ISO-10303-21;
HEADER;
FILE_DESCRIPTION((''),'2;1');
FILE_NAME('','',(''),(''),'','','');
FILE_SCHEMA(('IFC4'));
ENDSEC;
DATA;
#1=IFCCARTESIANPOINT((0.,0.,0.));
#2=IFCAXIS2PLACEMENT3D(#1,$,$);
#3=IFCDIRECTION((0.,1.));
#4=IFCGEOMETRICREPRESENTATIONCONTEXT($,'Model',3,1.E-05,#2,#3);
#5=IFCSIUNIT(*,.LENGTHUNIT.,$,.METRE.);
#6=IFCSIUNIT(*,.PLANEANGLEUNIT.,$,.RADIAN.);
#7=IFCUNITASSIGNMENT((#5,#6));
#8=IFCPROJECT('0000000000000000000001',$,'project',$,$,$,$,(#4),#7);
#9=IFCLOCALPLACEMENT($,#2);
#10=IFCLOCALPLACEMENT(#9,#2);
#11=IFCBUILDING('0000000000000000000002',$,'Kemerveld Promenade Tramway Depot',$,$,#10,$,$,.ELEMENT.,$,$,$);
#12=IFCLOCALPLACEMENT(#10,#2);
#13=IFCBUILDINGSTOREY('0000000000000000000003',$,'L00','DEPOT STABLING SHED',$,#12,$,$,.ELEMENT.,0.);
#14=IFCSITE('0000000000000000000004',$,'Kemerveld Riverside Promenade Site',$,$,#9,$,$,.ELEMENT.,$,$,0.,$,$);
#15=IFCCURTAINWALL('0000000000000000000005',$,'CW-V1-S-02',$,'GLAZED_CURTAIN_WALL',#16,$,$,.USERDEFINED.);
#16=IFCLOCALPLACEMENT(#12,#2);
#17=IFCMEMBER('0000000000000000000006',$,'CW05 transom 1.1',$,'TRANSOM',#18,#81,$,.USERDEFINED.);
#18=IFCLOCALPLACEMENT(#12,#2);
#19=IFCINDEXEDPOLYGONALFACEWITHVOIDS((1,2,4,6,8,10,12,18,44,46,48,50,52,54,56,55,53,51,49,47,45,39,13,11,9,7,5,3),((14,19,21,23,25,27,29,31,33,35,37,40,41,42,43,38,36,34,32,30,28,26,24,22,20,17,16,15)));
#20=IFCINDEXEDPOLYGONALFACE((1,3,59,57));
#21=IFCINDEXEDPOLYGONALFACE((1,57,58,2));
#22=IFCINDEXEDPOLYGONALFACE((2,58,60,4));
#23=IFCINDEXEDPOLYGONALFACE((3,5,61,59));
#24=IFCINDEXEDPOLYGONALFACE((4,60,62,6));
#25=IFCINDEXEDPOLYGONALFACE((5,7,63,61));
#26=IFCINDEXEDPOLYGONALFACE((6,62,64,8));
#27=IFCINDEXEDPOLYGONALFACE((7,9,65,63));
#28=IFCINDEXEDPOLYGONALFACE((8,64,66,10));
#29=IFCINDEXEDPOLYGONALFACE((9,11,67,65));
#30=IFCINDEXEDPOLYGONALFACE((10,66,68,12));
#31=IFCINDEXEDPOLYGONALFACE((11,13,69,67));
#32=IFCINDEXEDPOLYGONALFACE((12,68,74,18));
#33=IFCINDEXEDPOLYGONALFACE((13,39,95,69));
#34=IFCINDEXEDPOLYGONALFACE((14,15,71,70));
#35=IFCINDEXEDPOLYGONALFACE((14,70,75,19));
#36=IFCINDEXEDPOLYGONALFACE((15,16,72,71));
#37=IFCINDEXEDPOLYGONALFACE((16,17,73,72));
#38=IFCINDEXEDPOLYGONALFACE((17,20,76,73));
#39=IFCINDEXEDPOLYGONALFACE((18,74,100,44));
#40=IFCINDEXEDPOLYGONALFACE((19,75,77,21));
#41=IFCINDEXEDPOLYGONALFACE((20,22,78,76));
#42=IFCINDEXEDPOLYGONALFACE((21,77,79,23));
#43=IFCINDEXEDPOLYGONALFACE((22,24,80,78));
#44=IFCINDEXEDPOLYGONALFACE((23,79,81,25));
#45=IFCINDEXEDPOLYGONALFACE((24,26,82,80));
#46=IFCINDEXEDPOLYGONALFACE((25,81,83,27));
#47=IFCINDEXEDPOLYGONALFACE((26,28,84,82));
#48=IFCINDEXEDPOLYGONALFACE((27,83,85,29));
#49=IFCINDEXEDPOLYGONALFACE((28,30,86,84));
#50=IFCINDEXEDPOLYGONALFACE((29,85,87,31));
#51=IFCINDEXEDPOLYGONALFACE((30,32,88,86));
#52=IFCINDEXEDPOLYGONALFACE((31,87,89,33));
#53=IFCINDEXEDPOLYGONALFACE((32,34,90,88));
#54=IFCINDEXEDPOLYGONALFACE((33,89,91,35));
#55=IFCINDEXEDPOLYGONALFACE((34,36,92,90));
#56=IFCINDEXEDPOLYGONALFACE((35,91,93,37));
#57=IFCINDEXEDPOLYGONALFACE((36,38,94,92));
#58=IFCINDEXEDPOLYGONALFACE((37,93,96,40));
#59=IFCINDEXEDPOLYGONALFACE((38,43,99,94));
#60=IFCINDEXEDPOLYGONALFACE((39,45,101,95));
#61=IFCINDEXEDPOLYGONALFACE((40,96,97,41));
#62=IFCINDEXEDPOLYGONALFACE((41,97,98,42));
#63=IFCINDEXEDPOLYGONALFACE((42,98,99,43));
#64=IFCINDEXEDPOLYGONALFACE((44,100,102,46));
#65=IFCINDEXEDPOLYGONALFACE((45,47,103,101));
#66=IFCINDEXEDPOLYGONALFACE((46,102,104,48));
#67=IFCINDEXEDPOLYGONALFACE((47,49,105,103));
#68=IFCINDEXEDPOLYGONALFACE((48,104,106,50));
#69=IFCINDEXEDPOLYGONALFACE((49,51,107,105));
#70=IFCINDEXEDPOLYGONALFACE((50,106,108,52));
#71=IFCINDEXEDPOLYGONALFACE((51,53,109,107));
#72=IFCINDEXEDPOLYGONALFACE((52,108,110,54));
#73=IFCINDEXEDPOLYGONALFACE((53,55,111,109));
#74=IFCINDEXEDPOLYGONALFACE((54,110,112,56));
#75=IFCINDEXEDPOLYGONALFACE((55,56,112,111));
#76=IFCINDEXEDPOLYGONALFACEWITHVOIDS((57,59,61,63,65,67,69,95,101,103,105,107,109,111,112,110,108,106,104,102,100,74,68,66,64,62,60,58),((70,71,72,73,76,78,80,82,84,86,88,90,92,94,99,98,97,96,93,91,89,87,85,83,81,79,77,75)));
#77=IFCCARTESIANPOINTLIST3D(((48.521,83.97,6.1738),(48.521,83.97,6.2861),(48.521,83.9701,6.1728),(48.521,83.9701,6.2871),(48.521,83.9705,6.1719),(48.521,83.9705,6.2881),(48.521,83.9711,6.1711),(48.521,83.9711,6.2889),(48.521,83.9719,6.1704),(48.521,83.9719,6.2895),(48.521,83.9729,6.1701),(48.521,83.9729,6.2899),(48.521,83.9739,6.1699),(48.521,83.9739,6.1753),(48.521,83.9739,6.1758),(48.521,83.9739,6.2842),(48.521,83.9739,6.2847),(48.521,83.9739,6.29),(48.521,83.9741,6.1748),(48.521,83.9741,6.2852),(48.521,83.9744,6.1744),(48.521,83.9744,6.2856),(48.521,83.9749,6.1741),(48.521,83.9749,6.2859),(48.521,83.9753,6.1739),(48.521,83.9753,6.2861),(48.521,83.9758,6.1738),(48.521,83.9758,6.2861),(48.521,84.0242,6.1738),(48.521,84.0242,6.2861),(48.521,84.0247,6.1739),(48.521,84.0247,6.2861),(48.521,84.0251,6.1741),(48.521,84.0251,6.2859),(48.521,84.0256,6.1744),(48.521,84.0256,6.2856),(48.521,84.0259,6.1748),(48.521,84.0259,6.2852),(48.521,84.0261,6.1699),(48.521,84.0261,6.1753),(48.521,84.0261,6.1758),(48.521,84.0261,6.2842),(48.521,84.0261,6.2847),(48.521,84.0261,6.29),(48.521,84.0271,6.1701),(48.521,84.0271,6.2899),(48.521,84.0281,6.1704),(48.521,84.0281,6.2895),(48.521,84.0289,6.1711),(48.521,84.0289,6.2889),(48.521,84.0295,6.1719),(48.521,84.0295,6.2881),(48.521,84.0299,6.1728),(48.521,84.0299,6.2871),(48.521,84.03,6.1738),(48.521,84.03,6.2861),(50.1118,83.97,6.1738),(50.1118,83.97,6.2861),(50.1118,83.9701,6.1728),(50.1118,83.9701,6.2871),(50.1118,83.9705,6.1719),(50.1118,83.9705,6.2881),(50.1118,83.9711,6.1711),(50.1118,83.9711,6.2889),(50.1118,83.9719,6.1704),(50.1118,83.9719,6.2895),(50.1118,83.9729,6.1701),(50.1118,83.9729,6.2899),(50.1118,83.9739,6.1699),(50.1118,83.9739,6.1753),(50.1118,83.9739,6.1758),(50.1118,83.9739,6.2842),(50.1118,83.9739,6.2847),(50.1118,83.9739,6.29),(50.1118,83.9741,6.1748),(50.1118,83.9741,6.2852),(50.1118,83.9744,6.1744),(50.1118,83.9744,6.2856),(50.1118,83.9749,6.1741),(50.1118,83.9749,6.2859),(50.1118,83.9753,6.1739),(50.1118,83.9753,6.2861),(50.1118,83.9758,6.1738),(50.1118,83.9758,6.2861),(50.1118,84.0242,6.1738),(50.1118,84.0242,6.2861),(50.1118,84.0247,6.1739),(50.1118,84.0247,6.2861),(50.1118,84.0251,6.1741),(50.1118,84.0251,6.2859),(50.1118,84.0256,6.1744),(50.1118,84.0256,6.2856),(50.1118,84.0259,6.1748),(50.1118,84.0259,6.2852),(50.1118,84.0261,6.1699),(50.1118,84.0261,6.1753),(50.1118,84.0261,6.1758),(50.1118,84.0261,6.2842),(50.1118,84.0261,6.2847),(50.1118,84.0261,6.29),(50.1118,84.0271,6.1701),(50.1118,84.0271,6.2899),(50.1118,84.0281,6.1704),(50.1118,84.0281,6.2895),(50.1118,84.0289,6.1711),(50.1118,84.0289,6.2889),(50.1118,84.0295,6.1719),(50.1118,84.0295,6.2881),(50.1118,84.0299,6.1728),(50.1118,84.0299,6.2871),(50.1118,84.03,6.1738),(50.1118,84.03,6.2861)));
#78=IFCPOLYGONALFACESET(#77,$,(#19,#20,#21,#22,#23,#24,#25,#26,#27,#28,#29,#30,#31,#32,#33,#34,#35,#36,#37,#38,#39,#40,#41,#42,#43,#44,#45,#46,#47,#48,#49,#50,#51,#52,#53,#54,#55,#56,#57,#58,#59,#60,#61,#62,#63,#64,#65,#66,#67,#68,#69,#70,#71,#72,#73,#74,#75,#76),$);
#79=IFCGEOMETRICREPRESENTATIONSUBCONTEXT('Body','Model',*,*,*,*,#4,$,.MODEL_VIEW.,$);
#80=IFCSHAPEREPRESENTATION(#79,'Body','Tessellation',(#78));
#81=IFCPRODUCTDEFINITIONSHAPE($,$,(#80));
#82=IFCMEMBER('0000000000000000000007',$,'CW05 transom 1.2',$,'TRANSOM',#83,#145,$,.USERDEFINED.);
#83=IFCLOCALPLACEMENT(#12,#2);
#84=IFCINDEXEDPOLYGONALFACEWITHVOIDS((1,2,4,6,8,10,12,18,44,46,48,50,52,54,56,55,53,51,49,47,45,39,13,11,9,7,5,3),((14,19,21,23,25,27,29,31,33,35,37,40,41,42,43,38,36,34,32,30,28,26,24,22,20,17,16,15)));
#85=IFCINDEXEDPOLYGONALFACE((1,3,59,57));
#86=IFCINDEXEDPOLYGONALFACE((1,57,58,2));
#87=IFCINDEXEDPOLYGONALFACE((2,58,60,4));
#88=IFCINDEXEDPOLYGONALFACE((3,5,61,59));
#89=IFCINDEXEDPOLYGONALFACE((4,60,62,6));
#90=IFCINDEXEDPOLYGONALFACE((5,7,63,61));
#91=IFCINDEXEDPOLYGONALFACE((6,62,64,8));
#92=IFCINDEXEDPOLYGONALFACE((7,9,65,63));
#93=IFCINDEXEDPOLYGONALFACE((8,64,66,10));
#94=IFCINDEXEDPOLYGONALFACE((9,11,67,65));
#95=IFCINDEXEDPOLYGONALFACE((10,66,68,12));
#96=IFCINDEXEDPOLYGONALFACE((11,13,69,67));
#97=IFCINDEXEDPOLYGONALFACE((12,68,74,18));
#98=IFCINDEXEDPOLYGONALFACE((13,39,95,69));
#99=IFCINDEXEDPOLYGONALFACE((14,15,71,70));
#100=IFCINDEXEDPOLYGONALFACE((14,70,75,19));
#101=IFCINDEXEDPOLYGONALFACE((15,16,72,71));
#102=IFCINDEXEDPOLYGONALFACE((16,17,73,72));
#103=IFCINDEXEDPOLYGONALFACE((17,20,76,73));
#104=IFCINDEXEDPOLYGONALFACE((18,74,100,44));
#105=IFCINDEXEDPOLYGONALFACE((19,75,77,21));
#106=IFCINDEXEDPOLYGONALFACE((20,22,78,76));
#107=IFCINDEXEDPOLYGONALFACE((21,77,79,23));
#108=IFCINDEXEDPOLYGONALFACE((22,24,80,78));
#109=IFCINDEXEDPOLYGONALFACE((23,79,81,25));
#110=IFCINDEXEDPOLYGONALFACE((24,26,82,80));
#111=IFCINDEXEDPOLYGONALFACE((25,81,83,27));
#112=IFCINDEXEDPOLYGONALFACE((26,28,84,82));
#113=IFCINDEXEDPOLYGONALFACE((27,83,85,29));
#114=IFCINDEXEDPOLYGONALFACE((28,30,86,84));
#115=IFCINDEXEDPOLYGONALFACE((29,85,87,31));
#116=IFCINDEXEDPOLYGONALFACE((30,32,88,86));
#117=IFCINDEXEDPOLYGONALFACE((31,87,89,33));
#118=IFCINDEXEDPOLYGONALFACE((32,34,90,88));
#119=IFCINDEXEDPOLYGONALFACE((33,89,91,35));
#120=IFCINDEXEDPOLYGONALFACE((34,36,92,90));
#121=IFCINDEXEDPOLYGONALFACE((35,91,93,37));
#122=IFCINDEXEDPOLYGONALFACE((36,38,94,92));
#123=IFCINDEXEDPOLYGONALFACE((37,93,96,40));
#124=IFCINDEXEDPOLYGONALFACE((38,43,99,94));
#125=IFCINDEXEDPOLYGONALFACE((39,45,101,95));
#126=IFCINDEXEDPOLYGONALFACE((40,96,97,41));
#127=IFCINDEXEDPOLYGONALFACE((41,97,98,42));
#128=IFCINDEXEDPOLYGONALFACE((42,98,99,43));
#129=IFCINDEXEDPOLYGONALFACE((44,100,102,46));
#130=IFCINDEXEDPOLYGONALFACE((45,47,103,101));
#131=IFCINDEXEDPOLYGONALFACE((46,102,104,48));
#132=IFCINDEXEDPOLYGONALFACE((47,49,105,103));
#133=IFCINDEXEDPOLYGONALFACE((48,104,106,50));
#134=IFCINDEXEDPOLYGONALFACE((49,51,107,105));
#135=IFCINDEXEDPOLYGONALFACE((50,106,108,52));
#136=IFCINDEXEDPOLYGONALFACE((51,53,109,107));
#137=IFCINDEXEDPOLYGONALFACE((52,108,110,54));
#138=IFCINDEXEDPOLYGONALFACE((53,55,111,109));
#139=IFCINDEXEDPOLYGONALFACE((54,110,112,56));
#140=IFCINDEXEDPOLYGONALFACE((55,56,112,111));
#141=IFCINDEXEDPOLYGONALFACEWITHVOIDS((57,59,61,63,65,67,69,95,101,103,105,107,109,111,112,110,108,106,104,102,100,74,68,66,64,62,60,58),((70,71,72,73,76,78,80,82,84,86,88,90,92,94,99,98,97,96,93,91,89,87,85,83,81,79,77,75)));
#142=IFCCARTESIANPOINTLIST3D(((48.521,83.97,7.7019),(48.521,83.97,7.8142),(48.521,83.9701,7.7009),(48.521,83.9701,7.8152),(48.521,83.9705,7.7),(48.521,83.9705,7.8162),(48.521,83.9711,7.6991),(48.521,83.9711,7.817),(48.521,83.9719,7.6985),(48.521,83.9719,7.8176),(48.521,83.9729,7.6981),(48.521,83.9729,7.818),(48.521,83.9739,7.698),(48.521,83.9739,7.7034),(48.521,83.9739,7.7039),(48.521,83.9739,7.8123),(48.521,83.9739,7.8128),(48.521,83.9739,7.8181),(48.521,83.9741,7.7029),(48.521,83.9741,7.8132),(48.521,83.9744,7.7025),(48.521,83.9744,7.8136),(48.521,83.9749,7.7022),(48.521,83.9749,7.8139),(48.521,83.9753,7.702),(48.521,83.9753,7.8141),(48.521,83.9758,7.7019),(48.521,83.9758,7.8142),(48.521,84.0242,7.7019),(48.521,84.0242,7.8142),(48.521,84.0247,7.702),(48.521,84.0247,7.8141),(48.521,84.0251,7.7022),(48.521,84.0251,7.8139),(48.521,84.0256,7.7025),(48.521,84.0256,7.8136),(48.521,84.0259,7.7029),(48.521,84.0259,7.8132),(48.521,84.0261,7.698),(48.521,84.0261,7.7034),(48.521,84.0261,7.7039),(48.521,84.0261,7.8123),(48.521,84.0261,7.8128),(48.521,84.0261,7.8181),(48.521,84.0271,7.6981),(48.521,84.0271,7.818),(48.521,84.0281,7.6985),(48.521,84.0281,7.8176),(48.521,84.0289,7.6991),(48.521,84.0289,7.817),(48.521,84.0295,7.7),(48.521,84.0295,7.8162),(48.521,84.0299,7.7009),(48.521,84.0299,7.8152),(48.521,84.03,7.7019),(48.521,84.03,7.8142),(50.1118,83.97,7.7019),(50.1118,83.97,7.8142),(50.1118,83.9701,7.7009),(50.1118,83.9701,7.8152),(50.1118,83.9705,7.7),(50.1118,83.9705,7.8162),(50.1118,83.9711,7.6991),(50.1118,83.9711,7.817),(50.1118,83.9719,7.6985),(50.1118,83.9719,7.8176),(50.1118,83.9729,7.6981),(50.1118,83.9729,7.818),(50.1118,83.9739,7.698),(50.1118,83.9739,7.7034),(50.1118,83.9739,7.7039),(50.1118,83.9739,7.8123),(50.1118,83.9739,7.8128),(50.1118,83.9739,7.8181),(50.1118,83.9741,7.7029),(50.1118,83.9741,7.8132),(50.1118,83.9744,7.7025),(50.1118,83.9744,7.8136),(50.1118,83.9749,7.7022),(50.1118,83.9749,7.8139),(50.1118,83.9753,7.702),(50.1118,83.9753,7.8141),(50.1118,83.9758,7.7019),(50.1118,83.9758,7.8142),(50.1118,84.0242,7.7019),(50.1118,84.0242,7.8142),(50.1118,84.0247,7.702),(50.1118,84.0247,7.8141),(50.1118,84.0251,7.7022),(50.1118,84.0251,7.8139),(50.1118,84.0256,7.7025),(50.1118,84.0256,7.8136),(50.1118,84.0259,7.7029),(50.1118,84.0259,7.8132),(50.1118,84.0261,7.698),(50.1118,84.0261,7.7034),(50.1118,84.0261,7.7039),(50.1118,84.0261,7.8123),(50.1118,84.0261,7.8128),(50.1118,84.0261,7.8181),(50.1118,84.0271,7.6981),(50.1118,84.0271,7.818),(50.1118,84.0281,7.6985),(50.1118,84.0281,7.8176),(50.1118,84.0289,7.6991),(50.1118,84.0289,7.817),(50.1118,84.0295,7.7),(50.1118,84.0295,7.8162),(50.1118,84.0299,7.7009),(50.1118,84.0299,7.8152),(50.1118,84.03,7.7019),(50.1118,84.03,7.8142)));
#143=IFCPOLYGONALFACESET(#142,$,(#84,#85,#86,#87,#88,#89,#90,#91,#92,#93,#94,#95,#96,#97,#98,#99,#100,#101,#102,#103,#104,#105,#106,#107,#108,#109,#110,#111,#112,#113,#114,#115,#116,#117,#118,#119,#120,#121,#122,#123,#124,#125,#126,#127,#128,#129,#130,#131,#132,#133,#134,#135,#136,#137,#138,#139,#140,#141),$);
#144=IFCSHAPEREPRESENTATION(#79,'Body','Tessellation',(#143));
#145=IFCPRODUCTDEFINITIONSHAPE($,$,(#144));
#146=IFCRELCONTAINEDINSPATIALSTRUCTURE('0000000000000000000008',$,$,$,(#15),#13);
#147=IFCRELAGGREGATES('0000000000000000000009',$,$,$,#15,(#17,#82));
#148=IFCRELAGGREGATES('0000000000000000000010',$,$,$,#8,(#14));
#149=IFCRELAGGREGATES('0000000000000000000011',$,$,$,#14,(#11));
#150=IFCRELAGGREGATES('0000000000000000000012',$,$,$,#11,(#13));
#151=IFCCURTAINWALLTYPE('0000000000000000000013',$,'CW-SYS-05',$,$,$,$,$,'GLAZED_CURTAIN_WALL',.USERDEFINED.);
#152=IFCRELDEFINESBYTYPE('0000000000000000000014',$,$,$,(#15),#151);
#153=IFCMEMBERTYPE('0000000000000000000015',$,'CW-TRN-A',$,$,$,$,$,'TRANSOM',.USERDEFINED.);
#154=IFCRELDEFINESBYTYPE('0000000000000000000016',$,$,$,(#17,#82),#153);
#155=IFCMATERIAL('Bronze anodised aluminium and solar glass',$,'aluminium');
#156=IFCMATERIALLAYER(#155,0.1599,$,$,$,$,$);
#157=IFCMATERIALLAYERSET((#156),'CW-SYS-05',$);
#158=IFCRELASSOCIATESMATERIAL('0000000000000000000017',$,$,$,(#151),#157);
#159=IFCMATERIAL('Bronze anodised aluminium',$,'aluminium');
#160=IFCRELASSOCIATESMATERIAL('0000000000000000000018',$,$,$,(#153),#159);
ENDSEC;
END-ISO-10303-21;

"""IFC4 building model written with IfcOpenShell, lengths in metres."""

from ifc_helpers import new_model, si_unit, direction, frame, origin, origin_2d, place, context, subcontext, project, spatial, hollow_rectangle, extrude, material, layer, layer_set, material_profile, profile_set, type_object, element, aggregate, save


model = new_model("IFC4")

# Units and contexts
model_context = context("Model", 3, precision=1e-05, world=origin(), true_north=direction((0.0, 1.0)))
body_context = subcontext(model_context, "Body", "Model", "MODEL_VIEW")
ifc_project = project(units=[si_unit("LENGTHUNIT", "METRE"), si_unit("PLANEANGLEUNIT", "RADIAN")], contexts=[model_context])

# Site, building, storey
site_placement = place(None, origin())
site = spatial("IfcSite", under=ifc_project, at=site_placement, Name="Kemerveld Riverside Promenade Site", CompositionType="ELEMENT", RefElevation=0.0)
building_placement = place(site_placement, origin())
building = spatial("IfcBuilding", under=site, at=building_placement, Name="Kemerveld Promenade Tramway Depot", CompositionType="ELEMENT")
storey_placement = place(building_placement, origin())
storey = spatial("IfcBuildingStorey", under=building, at=storey_placement, Name="L00", Description="DEPOT STABLING SHED", CompositionType="ELEMENT", Elevation=0.0)

# Curtain wall
ifc_material_1 = material(Name="Bronze anodised aluminium and solar glass", Category="aluminium")
ifc_layer_1 = layer(ifc_material_1, 0.1599)
ifc_layer_set_1 = layer_set([ifc_layer_1], Name="CW-SYS-05")
curtain_wall_type_1 = type_object("IfcCurtainWallType", Name="CW-SYS-05", ElementType="GLAZED_CURTAIN_WALL", PredefinedType="USERDEFINED", material=ifc_layer_set_1)
curtain_wall_1_placement = place(storey_placement, origin())
curtain_wall_1 = element("IfcCurtainWall", 1, at=curtain_wall_1_placement, inside=storey, type_object=curtain_wall_type_1, Name="CW-V1-S-02", ObjectType="GLAZED_CURTAIN_WALL", PredefinedType="USERDEFINED")
ifc_material_2 = material(Name="Bronze anodised aluminium", Category="aluminium")

# Members
ifc_material_profile_1 = material_profile(ifc_material_2, hollow_rectangle(XDim=0.0601, YDim=0.1201, WallThickness=0.0039, InnerFilletRadius=0.002, OuterFilletRadius=0.0039, at=origin_2d()), Name="CW-TRN-120x60")
ifc_profile_set_1 = profile_set([ifc_material_profile_1], Name="Bronze anodised aluminium")
member_type_1 = type_object("IfcMemberType", Name="CW-TRN-A", ElementType="TRANSOM", PredefinedType="USERDEFINED", material=ifc_profile_set_1)
member_1_placement = place(storey_placement, frame((50.1118, 84.0, 6.23), z_axis=(-1.0, 0.0, 0.0), x_axis=(0.0, -1.0, 0.0)))
member_1 = element("IfcMember", 2, at=member_1_placement, type_object=member_type_1, Name="CW05 transom 1.1", ObjectType="TRANSOM", PredefinedType="USERDEFINED", context=body_context, shape_type="SweptSolid", body=[
    extrude(hollow_rectangle(XDim=0.0601, YDim=0.1201, WallThickness=0.0039, InnerFilletRadius=0.002, OuterFilletRadius=0.0039, at=origin_2d()), origin(), (0.0, 0.0, 1.0), 1.5908),
])
member_2_placement = place(storey_placement, frame((50.1118, 84.0, 7.7581), z_axis=(-1.0, 0.0, 0.0), x_axis=(0.0, -1.0, 0.0)))
member_2 = element("IfcMember", 3, at=member_2_placement, type_object=member_type_1, Name="CW05 transom 1.2", ObjectType="TRANSOM", PredefinedType="USERDEFINED", context=body_context, shape_type="SweptSolid", body=[
    extrude(hollow_rectangle(XDim=0.0601, YDim=0.1201, WallThickness=0.0039, InnerFilletRadius=0.002, OuterFilletRadius=0.0039, at=origin_2d()), origin(), (0.0, 0.0, 1.0), 1.5908),
])

aggregate(curtain_wall_1, [member_1, member_2])

save(model, "model.ifc")
